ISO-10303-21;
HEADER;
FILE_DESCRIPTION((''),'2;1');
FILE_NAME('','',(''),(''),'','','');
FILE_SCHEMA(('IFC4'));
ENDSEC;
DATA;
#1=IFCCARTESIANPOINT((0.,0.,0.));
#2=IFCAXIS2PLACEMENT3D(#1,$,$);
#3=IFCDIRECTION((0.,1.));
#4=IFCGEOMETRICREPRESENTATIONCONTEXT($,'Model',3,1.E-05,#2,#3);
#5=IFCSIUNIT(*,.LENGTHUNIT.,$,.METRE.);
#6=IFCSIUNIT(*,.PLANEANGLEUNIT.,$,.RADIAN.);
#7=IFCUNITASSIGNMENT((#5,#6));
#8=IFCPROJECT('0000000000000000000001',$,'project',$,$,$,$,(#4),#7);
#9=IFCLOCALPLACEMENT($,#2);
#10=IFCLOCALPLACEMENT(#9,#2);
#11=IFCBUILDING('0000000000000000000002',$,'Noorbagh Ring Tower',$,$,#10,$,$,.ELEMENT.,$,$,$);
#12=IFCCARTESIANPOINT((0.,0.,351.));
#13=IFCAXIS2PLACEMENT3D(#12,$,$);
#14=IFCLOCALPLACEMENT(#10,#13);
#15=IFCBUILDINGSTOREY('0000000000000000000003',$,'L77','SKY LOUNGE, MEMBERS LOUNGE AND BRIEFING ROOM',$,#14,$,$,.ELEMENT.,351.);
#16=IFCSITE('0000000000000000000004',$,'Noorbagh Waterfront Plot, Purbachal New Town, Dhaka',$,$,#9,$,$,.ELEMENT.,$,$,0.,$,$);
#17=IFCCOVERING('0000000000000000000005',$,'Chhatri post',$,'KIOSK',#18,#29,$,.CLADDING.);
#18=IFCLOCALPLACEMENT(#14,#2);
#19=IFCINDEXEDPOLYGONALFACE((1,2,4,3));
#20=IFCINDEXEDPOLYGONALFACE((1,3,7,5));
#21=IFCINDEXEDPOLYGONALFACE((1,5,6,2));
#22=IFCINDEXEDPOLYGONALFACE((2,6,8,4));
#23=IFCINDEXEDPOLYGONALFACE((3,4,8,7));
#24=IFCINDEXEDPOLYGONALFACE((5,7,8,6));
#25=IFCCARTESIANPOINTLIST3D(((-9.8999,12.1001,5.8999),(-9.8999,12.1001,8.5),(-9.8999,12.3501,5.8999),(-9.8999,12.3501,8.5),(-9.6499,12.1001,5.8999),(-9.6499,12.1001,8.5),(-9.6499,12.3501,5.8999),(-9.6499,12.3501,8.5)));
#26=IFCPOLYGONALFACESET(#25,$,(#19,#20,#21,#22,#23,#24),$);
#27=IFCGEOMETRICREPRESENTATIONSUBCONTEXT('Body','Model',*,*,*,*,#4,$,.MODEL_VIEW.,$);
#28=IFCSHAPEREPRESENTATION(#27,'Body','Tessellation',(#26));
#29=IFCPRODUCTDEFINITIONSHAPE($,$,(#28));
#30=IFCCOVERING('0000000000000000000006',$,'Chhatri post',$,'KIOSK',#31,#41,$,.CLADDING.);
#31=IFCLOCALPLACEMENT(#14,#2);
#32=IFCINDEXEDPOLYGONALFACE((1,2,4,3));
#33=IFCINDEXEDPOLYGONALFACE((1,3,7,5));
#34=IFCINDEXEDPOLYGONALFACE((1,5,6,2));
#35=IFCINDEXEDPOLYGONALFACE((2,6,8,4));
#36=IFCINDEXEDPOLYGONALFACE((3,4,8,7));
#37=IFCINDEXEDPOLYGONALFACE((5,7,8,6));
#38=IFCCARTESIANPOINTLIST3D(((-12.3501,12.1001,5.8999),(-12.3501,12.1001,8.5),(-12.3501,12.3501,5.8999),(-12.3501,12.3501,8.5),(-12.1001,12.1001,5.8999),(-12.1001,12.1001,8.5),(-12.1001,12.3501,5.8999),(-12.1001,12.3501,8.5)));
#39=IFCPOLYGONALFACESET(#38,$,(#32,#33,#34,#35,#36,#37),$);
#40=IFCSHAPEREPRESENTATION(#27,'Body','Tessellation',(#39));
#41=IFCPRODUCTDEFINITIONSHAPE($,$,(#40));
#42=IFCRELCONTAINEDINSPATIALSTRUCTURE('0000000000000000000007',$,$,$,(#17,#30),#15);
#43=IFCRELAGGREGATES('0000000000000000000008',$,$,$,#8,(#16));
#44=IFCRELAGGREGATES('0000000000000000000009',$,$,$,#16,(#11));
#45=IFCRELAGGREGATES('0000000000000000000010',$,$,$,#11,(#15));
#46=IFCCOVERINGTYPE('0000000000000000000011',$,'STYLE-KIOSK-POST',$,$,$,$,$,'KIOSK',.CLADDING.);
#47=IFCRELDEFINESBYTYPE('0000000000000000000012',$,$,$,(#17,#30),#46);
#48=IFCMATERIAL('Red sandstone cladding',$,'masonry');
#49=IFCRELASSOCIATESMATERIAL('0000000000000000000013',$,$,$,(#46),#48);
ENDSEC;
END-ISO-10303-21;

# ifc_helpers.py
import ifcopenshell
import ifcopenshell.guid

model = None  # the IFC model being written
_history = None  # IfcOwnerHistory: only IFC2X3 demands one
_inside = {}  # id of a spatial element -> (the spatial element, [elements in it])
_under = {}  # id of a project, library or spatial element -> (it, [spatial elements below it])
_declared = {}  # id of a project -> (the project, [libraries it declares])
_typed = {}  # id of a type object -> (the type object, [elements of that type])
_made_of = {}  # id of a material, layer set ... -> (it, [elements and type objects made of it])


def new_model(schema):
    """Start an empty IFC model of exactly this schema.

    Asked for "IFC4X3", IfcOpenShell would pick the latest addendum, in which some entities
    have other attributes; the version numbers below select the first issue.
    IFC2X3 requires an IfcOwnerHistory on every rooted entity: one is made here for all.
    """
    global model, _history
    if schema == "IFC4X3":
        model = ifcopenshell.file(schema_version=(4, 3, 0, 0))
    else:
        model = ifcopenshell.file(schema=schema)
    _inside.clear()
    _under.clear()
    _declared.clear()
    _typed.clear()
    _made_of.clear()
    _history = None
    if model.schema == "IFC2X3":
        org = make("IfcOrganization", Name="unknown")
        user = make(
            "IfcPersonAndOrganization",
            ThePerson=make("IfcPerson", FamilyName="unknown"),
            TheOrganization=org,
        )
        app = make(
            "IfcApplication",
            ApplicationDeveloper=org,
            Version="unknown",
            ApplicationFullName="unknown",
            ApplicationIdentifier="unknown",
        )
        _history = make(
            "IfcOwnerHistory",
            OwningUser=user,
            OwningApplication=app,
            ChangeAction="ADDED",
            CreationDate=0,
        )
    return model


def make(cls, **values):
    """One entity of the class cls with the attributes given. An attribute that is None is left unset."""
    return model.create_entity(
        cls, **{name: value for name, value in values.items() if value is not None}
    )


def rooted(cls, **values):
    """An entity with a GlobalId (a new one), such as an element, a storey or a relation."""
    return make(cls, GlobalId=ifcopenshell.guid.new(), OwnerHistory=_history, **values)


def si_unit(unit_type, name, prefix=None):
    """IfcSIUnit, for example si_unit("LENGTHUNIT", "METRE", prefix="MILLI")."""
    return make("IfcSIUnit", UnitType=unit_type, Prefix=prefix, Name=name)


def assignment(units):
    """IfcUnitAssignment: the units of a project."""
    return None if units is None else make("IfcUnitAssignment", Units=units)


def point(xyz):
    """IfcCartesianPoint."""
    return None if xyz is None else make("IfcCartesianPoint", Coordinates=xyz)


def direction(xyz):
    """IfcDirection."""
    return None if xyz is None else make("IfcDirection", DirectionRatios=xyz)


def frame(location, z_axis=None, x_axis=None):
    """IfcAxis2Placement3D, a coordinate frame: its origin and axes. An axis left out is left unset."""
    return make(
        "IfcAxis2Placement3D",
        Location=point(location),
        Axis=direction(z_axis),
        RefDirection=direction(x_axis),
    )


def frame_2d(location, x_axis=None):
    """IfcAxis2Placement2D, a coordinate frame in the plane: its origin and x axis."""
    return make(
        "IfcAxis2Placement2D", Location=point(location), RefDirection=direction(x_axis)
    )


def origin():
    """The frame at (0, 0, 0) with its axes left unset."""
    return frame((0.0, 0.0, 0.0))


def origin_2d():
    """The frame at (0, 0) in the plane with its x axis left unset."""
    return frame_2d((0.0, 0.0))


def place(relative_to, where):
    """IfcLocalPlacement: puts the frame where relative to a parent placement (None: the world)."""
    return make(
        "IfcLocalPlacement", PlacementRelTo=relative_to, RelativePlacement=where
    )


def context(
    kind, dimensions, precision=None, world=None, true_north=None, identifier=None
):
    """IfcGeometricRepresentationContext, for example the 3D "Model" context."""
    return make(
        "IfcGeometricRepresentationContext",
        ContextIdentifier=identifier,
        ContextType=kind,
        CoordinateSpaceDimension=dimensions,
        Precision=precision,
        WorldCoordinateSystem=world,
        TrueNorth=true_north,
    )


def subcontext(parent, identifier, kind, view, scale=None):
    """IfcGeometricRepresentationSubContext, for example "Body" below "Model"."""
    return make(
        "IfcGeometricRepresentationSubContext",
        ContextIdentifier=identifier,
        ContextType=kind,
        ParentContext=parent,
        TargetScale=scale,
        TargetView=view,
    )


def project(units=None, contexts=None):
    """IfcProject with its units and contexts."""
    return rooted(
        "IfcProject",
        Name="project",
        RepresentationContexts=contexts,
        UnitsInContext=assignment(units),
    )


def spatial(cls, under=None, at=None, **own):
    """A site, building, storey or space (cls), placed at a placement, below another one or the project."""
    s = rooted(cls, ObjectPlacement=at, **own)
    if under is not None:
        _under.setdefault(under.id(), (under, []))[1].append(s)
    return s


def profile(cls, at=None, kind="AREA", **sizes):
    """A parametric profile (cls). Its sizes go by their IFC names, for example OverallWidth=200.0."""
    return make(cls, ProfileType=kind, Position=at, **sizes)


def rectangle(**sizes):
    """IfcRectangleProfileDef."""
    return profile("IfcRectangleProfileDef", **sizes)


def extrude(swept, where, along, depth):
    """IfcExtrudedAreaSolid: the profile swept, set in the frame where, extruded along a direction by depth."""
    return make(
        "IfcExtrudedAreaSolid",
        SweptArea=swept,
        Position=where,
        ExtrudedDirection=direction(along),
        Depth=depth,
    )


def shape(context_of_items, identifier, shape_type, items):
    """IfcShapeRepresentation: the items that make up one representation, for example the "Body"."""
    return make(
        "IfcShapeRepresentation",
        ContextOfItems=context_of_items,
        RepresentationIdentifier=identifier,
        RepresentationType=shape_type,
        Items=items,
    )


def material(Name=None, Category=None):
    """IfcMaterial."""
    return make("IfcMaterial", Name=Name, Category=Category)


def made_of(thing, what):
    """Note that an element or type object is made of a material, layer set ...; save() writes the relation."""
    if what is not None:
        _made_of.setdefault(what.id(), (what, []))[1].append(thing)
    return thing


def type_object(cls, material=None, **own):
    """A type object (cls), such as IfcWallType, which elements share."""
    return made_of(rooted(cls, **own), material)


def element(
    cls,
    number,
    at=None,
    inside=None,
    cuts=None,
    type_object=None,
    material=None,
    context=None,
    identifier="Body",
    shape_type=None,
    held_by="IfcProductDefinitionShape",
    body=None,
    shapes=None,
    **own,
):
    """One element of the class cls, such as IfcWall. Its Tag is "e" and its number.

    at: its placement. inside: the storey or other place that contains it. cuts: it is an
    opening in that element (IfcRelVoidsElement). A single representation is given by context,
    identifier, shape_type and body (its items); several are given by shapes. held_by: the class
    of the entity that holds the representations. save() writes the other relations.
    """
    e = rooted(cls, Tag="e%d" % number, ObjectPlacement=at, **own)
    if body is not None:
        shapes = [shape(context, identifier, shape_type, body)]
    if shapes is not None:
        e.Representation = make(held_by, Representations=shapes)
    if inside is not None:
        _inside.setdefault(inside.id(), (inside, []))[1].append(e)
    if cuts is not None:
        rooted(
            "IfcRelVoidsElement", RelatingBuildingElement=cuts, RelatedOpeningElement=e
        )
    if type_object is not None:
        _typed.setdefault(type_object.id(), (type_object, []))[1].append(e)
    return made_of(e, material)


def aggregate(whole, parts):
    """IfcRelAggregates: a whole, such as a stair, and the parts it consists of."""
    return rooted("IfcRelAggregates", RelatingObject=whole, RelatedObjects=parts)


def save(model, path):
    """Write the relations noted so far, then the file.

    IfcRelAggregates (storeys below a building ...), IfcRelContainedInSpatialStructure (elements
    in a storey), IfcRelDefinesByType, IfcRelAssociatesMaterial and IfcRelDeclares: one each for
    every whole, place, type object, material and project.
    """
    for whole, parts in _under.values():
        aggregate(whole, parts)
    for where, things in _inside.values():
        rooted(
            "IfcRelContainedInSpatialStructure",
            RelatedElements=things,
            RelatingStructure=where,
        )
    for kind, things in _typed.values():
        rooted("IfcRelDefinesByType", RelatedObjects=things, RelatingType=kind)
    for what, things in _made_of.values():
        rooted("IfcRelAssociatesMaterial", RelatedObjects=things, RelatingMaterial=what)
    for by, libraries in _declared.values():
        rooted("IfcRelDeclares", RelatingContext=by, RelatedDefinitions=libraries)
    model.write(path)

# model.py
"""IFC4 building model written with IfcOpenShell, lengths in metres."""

from ifc_helpers import new_model, si_unit, direction, frame, origin, origin_2d, place, context, subcontext, project, spatial, rectangle, extrude, material, type_object, element, save


model = new_model("IFC4")

# Units and contexts
model_context = context("Model", 3, precision=1e-05, world=origin(), true_north=direction((0.0, 1.0)))
body_context = subcontext(model_context, "Body", "Model", "MODEL_VIEW")
ifc_project = project(units=[si_unit("LENGTHUNIT", "METRE"), si_unit("PLANEANGLEUNIT", "RADIAN")], contexts=[model_context])

# Site, building, storey
site_placement = place(None, origin())
site = spatial("IfcSite", under=ifc_project, at=site_placement, Name="Noorbagh Waterfront Plot, Purbachal New Town, Dhaka", CompositionType="ELEMENT", RefElevation=0.0)
building_placement = place(site_placement, origin())
building = spatial("IfcBuilding", under=site, at=building_placement, Name="Noorbagh Ring Tower", CompositionType="ELEMENT")
storey_placement = place(building_placement, frame((0.0, 0.0, 351.0)))
storey = spatial("IfcBuildingStorey", under=building, at=storey_placement, Name="L77", Description="SKY LOUNGE, MEMBERS LOUNGE AND BRIEFING ROOM", CompositionType="ELEMENT", Elevation=351.0)

# Coverings
ifc_material_1 = material(Name="Red sandstone cladding", Category="masonry")
covering_type_1 = type_object("IfcCoveringType", Name="STYLE-KIOSK-POST", ElementType="KIOSK", PredefinedType="CLADDING", material=ifc_material_1)
for number, where, z_axis, x_axis, name in (
    (1, (-9.7749, 12.2251, 5.8999), (0.0, 0.0, 1.0), (1.0, 0.0, 0.0), "Chhatri post"),
    (2, (-12.2251, 12.2251, 5.8999), (0.0, 0.0, 1.0), (1.0, 0.0, 0.0), "Chhatri post"),
):
    element("IfcCovering", number, at=place(storey_placement, frame(where, z_axis=z_axis, x_axis=x_axis)), inside=storey, type_object=covering_type_1, Name=name, ObjectType="KIOSK", PredefinedType="CLADDING", context=body_context, shape_type="SweptSolid", body=[
        extrude(rectangle(XDim=0.25, YDim=0.25, at=origin_2d()), origin(), (0.0, 0.0, 1.0), 2.6001),
    ])

save(model, "model.ifc")
